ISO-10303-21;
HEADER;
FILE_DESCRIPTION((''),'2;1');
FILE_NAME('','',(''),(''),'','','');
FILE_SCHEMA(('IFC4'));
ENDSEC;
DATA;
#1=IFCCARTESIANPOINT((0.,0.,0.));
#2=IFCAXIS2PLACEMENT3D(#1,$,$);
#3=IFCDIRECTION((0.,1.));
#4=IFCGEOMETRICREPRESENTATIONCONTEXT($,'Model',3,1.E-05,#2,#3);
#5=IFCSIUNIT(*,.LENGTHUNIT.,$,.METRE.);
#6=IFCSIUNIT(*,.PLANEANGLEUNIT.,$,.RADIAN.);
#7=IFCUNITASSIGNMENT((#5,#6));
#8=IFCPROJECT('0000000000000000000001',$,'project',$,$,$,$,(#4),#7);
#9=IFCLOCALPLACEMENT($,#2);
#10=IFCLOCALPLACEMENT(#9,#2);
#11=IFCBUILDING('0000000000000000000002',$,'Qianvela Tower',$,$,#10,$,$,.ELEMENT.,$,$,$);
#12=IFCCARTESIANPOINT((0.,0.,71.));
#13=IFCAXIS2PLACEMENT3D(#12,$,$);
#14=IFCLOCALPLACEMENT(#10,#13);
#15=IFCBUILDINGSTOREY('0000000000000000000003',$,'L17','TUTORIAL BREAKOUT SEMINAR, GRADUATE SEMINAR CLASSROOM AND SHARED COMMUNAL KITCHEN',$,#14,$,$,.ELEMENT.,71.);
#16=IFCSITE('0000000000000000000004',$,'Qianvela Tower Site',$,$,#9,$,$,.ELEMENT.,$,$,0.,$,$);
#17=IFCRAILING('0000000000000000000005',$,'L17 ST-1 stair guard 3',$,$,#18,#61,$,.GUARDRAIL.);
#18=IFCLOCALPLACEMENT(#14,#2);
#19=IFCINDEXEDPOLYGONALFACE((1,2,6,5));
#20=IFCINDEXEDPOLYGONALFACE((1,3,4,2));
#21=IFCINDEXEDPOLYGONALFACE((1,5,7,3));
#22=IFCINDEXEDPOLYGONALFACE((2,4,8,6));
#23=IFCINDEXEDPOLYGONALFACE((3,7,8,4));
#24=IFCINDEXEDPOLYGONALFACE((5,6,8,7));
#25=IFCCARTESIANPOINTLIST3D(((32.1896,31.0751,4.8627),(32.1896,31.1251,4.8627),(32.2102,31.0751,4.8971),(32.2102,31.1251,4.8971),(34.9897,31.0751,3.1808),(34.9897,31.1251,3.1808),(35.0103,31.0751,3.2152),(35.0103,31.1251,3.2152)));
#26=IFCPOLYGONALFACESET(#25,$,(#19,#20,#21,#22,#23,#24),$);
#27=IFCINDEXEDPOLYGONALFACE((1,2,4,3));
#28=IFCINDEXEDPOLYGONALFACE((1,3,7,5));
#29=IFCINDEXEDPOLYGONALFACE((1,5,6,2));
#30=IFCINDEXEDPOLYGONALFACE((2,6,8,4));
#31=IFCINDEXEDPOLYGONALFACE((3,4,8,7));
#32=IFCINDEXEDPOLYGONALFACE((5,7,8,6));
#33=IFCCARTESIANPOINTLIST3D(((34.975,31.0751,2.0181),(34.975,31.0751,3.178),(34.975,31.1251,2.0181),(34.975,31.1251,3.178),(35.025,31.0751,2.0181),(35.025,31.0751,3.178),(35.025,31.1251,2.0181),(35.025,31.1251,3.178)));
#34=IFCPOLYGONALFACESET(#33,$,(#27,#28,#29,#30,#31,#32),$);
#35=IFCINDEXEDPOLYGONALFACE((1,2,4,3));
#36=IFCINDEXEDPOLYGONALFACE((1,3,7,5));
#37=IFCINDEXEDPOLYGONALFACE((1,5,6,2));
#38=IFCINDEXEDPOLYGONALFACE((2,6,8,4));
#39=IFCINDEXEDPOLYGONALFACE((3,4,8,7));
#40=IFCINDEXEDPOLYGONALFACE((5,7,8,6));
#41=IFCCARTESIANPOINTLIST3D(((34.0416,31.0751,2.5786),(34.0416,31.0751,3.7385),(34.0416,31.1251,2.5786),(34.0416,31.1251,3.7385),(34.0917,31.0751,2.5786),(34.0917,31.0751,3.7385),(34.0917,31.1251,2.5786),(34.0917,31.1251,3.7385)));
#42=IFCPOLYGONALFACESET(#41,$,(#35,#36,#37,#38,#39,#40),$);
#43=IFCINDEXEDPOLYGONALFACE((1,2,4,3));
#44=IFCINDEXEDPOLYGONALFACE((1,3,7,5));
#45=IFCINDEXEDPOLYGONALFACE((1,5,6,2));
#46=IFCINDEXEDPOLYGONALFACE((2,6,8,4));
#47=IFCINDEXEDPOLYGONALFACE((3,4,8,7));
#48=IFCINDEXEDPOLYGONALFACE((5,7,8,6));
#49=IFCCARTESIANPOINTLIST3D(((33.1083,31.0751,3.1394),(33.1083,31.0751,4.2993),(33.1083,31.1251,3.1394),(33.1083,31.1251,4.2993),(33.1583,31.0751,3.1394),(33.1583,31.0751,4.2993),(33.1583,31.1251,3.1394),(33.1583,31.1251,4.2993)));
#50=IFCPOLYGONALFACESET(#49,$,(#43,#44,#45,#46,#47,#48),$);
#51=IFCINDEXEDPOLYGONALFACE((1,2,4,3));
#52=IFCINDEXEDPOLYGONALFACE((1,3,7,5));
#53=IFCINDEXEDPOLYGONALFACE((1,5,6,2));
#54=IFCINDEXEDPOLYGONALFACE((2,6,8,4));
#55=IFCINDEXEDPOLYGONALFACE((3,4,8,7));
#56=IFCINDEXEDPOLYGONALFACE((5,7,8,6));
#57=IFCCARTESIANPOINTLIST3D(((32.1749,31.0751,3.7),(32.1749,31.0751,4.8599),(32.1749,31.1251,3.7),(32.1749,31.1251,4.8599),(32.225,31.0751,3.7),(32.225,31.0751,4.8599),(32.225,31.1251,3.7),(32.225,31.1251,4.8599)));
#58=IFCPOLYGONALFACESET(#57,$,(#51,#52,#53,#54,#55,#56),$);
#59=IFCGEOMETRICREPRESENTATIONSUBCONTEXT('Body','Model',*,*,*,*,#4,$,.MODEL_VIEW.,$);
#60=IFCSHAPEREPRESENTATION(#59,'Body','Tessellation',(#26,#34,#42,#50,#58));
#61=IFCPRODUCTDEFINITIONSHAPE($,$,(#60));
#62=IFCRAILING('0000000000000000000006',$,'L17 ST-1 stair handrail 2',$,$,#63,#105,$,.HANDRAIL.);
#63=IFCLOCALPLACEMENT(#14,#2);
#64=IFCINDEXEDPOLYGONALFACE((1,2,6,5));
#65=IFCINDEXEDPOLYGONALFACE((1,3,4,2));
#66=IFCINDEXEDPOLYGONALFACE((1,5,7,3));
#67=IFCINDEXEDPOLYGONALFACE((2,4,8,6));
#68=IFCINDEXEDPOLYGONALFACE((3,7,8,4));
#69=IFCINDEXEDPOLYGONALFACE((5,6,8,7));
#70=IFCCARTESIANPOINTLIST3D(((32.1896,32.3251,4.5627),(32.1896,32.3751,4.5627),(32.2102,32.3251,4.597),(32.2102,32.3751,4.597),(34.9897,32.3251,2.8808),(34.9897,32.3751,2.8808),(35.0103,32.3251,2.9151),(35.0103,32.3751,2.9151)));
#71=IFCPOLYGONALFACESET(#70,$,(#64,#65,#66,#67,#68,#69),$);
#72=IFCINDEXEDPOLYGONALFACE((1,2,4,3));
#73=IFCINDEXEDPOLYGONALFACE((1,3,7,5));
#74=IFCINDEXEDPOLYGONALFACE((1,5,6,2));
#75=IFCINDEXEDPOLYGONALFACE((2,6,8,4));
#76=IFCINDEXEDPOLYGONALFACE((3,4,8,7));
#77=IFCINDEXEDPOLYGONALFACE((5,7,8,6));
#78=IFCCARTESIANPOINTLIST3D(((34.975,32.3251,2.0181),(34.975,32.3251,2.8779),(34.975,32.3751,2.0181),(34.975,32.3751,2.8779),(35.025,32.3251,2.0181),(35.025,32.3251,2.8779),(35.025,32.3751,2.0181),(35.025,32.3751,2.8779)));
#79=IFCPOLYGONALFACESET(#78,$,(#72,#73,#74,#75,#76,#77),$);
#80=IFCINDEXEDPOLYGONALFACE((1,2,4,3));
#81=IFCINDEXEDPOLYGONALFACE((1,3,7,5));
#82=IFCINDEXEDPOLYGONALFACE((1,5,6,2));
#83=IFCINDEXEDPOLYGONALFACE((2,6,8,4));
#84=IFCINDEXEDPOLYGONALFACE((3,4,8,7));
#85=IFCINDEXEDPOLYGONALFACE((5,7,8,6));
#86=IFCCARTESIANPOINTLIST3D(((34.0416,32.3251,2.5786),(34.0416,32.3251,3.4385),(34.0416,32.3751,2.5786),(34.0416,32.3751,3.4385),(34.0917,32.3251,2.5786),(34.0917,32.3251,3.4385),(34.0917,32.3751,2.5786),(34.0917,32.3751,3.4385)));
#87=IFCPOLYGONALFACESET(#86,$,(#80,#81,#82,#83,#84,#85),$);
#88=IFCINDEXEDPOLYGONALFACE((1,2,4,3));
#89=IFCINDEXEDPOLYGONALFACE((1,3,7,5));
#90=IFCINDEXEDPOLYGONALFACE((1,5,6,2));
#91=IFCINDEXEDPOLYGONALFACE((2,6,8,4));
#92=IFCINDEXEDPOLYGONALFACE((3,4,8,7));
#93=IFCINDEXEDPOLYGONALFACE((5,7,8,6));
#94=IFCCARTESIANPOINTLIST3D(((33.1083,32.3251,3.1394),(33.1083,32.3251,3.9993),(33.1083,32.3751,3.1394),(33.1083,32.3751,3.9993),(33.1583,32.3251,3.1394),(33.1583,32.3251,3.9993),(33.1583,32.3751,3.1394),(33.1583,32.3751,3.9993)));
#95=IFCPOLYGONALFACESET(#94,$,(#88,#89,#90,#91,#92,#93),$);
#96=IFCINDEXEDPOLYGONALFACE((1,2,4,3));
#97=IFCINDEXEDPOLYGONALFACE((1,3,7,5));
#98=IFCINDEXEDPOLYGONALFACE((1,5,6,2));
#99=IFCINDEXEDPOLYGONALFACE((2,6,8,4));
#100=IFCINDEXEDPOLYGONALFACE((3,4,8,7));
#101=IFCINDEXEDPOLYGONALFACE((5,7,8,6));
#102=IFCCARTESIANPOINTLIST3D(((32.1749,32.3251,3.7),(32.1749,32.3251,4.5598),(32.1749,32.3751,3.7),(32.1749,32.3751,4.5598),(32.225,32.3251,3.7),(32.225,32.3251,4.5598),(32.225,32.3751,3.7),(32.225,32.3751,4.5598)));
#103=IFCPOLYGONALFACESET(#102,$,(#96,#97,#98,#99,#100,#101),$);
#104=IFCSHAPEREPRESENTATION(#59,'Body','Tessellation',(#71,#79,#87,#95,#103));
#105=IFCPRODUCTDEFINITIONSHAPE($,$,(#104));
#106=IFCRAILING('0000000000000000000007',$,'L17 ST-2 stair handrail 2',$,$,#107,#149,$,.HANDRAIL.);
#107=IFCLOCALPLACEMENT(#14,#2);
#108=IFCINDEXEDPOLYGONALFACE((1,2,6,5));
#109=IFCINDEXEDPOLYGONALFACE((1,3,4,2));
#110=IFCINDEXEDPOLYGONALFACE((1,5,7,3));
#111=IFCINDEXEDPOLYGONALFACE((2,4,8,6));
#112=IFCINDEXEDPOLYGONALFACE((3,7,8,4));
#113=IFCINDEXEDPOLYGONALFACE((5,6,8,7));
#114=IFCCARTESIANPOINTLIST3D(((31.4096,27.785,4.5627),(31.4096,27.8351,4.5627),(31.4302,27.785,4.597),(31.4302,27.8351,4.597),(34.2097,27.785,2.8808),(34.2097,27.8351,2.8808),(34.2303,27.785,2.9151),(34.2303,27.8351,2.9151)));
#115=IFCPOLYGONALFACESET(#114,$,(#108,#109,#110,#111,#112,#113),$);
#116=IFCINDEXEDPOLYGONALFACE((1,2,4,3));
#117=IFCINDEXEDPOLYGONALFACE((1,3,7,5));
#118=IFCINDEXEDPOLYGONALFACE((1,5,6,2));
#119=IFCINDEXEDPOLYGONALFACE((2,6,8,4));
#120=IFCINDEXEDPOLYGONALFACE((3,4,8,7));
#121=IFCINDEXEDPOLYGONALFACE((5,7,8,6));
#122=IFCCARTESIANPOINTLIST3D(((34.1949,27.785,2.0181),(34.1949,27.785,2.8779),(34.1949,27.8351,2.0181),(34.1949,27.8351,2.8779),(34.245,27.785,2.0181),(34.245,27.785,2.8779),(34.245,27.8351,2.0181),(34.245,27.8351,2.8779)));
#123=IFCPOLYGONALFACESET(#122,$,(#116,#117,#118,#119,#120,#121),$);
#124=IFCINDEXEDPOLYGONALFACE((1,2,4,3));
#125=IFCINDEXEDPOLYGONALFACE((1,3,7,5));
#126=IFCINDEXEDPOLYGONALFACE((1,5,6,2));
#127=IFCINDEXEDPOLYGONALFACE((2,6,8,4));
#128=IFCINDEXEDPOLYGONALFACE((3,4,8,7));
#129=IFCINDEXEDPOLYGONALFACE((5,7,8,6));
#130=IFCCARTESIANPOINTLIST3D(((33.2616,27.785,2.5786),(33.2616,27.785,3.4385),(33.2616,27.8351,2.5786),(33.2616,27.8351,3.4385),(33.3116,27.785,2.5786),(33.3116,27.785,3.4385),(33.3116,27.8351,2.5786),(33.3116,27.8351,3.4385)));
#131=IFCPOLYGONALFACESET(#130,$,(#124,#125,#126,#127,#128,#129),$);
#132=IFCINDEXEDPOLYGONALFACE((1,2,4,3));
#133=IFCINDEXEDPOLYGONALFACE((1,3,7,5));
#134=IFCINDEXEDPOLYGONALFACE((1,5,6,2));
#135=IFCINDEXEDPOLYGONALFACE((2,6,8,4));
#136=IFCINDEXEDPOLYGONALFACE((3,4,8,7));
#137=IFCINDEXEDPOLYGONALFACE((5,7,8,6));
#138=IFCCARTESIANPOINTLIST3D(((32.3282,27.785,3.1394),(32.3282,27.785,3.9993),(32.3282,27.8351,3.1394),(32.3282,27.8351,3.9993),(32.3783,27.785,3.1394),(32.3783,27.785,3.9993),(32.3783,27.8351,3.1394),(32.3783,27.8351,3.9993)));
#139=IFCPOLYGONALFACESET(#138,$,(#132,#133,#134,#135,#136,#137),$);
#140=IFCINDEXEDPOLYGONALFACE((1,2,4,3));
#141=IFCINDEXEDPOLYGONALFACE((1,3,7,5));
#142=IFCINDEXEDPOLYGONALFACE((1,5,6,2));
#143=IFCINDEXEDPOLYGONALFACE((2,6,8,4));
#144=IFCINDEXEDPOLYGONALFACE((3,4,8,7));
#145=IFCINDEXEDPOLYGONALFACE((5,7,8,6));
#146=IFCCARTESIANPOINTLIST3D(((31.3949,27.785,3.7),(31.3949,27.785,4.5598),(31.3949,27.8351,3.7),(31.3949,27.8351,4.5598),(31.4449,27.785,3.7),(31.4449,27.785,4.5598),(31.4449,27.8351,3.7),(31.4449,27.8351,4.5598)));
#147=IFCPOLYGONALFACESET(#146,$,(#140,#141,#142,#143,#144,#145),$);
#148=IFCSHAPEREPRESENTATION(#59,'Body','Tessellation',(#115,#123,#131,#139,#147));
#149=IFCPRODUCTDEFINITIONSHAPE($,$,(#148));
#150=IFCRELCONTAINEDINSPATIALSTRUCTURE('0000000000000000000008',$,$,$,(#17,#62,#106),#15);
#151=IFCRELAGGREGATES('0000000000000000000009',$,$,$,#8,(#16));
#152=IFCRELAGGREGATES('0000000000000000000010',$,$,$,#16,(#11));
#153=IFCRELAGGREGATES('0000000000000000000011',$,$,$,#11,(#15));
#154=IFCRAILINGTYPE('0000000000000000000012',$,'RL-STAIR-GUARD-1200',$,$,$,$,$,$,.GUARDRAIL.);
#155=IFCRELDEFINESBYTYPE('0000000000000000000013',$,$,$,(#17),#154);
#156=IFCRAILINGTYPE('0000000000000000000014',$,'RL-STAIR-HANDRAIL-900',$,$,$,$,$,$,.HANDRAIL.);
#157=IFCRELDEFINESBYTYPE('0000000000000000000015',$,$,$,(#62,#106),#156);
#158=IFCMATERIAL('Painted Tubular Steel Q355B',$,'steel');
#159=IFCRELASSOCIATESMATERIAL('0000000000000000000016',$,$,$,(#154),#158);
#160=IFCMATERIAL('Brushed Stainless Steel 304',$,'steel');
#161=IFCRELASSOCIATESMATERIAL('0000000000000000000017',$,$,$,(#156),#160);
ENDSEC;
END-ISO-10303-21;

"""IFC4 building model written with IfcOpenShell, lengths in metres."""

from ifc_helpers import new_model, si_unit, direction, frame, origin, origin_2d, place, context, subcontext, project, spatial, rectangle, extrude, material, type_object, element, save


model = new_model("IFC4")

# Units and contexts
model_context = context("Model", 3, precision=1e-05, world=origin(), true_north=direction((0.0, 1.0)))
body_context = subcontext(model_context, "Body", "Model", "MODEL_VIEW")
ifc_project = project(units=[si_unit("LENGTHUNIT", "METRE"), si_unit("PLANEANGLEUNIT", "RADIAN")], contexts=[model_context])

# Site, building, storey
site_placement = place(None, origin())
site = spatial("IfcSite", under=ifc_project, at=site_placement, Name="Qianvela Tower Site", CompositionType="ELEMENT", RefElevation=0.0)
building_placement = place(site_placement, origin())
building = spatial("IfcBuilding", under=site, at=building_placement, Name="Qianvela Tower", CompositionType="ELEMENT")
storey_placement = place(building_placement, frame((0.0, 0.0, 71.0)))
storey = spatial("IfcBuildingStorey", under=building, at=storey_placement, Name="L17", Description="TUTORIAL BREAKOUT SEMINAR, GRADUATE SEMINAR CLASSROOM AND SHARED COMMUNAL KITCHEN", CompositionType="ELEMENT", Elevation=71.0)

# Railings
ifc_material_1 = material(Name="Painted Tubular Steel Q355B", Category="steel")
railing_type_1 = type_object("IfcRailingType", Name="RL-STAIR-GUARD-1200", PredefinedType="GUARDRAIL", material=ifc_material_1)
railing_1_placement = place(storey_placement, frame((35.0, 31.1001, 2.0181)))
element("IfcRailing", 1, at=railing_1_placement, inside=storey, type_object=railing_type_1, Name="L17 ST-1 stair guard 3", PredefinedType="GUARDRAIL", context=body_context, shape_type="SweptSolid", body=[
    extrude(rectangle(XDim=0.05, YDim=0.04, at=origin_2d()), frame((0.0, 0.0, 1.1799), z_axis=(-0.857242, 0.0, 0.514913), x_axis=(0.0, -1.0, 0.0)), (0.0, 0.0, 1.0), 3.2664),
    extrude(rectangle(XDim=0.05, YDim=0.05, at=origin_2d()), origin(), (0.0, 0.0, 1.0), 1.1599),
    extrude(rectangle(XDim=0.05, YDim=0.05, at=origin_2d()), frame((-0.9333, 0.0, 0.5605)), (0.0, 0.0, 1.0), 1.1599),
    extrude(rectangle(XDim=0.05, YDim=0.05, at=origin_2d()), frame((-1.8667, 0.0, 1.1213)), (0.0, 0.0, 1.0), 1.1599),
    extrude(rectangle(XDim=0.05, YDim=0.05, at=origin_2d()), frame((-2.8, 0.0, 1.6819)), (0.0, 0.0, 1.0), 1.1599),
])
ifc_material_2 = material(Name="Brushed Stainless Steel 304", Category="steel")
railing_type_2 = type_object("IfcRailingType", Name="RL-STAIR-HANDRAIL-900", PredefinedType="HANDRAIL", material=ifc_material_2)
for number, where, name in (
    (2, (35.0, 32.3501, 2.0181), "L17 ST-1 stair handrail 2"),
    (3, (34.22, 27.8101, 2.0181), "L17 ST-2 stair handrail 2"),
):
    element("IfcRailing", number, at=place(storey_placement, frame(where)), inside=storey, type_object=railing_type_2, Name=name, PredefinedType="HANDRAIL", context=body_context, shape_type="SweptSolid", body=[
        extrude(rectangle(XDim=0.05, YDim=0.04, at=origin_2d()), frame((0.0, 0.0, 0.8799), z_axis=(-0.857242, 0.0, 0.514913), x_axis=(0.0, -1.0, 0.0)), (0.0, 0.0, 1.0), 3.2664),
        extrude(rectangle(XDim=0.05, YDim=0.05, at=origin_2d()), origin(), (0.0, 0.0, 1.0), 0.8599),
        extrude(rectangle(XDim=0.05, YDim=0.05, at=origin_2d()), frame((-0.9333, 0.0, 0.5605)), (0.0, 0.0, 1.0), 0.8599),
        extrude(rectangle(XDim=0.05, YDim=0.05, at=origin_2d()), frame((-1.8667, 0.0, 1.1213)), (0.0, 0.0, 1.0), 0.8599),
        extrude(rectangle(XDim=0.05, YDim=0.05, at=origin_2d()), frame((-2.8, 0.0, 1.6819)), (0.0, 0.0, 1.0), 0.8599),
    ])

save(model, "model.ifc")
